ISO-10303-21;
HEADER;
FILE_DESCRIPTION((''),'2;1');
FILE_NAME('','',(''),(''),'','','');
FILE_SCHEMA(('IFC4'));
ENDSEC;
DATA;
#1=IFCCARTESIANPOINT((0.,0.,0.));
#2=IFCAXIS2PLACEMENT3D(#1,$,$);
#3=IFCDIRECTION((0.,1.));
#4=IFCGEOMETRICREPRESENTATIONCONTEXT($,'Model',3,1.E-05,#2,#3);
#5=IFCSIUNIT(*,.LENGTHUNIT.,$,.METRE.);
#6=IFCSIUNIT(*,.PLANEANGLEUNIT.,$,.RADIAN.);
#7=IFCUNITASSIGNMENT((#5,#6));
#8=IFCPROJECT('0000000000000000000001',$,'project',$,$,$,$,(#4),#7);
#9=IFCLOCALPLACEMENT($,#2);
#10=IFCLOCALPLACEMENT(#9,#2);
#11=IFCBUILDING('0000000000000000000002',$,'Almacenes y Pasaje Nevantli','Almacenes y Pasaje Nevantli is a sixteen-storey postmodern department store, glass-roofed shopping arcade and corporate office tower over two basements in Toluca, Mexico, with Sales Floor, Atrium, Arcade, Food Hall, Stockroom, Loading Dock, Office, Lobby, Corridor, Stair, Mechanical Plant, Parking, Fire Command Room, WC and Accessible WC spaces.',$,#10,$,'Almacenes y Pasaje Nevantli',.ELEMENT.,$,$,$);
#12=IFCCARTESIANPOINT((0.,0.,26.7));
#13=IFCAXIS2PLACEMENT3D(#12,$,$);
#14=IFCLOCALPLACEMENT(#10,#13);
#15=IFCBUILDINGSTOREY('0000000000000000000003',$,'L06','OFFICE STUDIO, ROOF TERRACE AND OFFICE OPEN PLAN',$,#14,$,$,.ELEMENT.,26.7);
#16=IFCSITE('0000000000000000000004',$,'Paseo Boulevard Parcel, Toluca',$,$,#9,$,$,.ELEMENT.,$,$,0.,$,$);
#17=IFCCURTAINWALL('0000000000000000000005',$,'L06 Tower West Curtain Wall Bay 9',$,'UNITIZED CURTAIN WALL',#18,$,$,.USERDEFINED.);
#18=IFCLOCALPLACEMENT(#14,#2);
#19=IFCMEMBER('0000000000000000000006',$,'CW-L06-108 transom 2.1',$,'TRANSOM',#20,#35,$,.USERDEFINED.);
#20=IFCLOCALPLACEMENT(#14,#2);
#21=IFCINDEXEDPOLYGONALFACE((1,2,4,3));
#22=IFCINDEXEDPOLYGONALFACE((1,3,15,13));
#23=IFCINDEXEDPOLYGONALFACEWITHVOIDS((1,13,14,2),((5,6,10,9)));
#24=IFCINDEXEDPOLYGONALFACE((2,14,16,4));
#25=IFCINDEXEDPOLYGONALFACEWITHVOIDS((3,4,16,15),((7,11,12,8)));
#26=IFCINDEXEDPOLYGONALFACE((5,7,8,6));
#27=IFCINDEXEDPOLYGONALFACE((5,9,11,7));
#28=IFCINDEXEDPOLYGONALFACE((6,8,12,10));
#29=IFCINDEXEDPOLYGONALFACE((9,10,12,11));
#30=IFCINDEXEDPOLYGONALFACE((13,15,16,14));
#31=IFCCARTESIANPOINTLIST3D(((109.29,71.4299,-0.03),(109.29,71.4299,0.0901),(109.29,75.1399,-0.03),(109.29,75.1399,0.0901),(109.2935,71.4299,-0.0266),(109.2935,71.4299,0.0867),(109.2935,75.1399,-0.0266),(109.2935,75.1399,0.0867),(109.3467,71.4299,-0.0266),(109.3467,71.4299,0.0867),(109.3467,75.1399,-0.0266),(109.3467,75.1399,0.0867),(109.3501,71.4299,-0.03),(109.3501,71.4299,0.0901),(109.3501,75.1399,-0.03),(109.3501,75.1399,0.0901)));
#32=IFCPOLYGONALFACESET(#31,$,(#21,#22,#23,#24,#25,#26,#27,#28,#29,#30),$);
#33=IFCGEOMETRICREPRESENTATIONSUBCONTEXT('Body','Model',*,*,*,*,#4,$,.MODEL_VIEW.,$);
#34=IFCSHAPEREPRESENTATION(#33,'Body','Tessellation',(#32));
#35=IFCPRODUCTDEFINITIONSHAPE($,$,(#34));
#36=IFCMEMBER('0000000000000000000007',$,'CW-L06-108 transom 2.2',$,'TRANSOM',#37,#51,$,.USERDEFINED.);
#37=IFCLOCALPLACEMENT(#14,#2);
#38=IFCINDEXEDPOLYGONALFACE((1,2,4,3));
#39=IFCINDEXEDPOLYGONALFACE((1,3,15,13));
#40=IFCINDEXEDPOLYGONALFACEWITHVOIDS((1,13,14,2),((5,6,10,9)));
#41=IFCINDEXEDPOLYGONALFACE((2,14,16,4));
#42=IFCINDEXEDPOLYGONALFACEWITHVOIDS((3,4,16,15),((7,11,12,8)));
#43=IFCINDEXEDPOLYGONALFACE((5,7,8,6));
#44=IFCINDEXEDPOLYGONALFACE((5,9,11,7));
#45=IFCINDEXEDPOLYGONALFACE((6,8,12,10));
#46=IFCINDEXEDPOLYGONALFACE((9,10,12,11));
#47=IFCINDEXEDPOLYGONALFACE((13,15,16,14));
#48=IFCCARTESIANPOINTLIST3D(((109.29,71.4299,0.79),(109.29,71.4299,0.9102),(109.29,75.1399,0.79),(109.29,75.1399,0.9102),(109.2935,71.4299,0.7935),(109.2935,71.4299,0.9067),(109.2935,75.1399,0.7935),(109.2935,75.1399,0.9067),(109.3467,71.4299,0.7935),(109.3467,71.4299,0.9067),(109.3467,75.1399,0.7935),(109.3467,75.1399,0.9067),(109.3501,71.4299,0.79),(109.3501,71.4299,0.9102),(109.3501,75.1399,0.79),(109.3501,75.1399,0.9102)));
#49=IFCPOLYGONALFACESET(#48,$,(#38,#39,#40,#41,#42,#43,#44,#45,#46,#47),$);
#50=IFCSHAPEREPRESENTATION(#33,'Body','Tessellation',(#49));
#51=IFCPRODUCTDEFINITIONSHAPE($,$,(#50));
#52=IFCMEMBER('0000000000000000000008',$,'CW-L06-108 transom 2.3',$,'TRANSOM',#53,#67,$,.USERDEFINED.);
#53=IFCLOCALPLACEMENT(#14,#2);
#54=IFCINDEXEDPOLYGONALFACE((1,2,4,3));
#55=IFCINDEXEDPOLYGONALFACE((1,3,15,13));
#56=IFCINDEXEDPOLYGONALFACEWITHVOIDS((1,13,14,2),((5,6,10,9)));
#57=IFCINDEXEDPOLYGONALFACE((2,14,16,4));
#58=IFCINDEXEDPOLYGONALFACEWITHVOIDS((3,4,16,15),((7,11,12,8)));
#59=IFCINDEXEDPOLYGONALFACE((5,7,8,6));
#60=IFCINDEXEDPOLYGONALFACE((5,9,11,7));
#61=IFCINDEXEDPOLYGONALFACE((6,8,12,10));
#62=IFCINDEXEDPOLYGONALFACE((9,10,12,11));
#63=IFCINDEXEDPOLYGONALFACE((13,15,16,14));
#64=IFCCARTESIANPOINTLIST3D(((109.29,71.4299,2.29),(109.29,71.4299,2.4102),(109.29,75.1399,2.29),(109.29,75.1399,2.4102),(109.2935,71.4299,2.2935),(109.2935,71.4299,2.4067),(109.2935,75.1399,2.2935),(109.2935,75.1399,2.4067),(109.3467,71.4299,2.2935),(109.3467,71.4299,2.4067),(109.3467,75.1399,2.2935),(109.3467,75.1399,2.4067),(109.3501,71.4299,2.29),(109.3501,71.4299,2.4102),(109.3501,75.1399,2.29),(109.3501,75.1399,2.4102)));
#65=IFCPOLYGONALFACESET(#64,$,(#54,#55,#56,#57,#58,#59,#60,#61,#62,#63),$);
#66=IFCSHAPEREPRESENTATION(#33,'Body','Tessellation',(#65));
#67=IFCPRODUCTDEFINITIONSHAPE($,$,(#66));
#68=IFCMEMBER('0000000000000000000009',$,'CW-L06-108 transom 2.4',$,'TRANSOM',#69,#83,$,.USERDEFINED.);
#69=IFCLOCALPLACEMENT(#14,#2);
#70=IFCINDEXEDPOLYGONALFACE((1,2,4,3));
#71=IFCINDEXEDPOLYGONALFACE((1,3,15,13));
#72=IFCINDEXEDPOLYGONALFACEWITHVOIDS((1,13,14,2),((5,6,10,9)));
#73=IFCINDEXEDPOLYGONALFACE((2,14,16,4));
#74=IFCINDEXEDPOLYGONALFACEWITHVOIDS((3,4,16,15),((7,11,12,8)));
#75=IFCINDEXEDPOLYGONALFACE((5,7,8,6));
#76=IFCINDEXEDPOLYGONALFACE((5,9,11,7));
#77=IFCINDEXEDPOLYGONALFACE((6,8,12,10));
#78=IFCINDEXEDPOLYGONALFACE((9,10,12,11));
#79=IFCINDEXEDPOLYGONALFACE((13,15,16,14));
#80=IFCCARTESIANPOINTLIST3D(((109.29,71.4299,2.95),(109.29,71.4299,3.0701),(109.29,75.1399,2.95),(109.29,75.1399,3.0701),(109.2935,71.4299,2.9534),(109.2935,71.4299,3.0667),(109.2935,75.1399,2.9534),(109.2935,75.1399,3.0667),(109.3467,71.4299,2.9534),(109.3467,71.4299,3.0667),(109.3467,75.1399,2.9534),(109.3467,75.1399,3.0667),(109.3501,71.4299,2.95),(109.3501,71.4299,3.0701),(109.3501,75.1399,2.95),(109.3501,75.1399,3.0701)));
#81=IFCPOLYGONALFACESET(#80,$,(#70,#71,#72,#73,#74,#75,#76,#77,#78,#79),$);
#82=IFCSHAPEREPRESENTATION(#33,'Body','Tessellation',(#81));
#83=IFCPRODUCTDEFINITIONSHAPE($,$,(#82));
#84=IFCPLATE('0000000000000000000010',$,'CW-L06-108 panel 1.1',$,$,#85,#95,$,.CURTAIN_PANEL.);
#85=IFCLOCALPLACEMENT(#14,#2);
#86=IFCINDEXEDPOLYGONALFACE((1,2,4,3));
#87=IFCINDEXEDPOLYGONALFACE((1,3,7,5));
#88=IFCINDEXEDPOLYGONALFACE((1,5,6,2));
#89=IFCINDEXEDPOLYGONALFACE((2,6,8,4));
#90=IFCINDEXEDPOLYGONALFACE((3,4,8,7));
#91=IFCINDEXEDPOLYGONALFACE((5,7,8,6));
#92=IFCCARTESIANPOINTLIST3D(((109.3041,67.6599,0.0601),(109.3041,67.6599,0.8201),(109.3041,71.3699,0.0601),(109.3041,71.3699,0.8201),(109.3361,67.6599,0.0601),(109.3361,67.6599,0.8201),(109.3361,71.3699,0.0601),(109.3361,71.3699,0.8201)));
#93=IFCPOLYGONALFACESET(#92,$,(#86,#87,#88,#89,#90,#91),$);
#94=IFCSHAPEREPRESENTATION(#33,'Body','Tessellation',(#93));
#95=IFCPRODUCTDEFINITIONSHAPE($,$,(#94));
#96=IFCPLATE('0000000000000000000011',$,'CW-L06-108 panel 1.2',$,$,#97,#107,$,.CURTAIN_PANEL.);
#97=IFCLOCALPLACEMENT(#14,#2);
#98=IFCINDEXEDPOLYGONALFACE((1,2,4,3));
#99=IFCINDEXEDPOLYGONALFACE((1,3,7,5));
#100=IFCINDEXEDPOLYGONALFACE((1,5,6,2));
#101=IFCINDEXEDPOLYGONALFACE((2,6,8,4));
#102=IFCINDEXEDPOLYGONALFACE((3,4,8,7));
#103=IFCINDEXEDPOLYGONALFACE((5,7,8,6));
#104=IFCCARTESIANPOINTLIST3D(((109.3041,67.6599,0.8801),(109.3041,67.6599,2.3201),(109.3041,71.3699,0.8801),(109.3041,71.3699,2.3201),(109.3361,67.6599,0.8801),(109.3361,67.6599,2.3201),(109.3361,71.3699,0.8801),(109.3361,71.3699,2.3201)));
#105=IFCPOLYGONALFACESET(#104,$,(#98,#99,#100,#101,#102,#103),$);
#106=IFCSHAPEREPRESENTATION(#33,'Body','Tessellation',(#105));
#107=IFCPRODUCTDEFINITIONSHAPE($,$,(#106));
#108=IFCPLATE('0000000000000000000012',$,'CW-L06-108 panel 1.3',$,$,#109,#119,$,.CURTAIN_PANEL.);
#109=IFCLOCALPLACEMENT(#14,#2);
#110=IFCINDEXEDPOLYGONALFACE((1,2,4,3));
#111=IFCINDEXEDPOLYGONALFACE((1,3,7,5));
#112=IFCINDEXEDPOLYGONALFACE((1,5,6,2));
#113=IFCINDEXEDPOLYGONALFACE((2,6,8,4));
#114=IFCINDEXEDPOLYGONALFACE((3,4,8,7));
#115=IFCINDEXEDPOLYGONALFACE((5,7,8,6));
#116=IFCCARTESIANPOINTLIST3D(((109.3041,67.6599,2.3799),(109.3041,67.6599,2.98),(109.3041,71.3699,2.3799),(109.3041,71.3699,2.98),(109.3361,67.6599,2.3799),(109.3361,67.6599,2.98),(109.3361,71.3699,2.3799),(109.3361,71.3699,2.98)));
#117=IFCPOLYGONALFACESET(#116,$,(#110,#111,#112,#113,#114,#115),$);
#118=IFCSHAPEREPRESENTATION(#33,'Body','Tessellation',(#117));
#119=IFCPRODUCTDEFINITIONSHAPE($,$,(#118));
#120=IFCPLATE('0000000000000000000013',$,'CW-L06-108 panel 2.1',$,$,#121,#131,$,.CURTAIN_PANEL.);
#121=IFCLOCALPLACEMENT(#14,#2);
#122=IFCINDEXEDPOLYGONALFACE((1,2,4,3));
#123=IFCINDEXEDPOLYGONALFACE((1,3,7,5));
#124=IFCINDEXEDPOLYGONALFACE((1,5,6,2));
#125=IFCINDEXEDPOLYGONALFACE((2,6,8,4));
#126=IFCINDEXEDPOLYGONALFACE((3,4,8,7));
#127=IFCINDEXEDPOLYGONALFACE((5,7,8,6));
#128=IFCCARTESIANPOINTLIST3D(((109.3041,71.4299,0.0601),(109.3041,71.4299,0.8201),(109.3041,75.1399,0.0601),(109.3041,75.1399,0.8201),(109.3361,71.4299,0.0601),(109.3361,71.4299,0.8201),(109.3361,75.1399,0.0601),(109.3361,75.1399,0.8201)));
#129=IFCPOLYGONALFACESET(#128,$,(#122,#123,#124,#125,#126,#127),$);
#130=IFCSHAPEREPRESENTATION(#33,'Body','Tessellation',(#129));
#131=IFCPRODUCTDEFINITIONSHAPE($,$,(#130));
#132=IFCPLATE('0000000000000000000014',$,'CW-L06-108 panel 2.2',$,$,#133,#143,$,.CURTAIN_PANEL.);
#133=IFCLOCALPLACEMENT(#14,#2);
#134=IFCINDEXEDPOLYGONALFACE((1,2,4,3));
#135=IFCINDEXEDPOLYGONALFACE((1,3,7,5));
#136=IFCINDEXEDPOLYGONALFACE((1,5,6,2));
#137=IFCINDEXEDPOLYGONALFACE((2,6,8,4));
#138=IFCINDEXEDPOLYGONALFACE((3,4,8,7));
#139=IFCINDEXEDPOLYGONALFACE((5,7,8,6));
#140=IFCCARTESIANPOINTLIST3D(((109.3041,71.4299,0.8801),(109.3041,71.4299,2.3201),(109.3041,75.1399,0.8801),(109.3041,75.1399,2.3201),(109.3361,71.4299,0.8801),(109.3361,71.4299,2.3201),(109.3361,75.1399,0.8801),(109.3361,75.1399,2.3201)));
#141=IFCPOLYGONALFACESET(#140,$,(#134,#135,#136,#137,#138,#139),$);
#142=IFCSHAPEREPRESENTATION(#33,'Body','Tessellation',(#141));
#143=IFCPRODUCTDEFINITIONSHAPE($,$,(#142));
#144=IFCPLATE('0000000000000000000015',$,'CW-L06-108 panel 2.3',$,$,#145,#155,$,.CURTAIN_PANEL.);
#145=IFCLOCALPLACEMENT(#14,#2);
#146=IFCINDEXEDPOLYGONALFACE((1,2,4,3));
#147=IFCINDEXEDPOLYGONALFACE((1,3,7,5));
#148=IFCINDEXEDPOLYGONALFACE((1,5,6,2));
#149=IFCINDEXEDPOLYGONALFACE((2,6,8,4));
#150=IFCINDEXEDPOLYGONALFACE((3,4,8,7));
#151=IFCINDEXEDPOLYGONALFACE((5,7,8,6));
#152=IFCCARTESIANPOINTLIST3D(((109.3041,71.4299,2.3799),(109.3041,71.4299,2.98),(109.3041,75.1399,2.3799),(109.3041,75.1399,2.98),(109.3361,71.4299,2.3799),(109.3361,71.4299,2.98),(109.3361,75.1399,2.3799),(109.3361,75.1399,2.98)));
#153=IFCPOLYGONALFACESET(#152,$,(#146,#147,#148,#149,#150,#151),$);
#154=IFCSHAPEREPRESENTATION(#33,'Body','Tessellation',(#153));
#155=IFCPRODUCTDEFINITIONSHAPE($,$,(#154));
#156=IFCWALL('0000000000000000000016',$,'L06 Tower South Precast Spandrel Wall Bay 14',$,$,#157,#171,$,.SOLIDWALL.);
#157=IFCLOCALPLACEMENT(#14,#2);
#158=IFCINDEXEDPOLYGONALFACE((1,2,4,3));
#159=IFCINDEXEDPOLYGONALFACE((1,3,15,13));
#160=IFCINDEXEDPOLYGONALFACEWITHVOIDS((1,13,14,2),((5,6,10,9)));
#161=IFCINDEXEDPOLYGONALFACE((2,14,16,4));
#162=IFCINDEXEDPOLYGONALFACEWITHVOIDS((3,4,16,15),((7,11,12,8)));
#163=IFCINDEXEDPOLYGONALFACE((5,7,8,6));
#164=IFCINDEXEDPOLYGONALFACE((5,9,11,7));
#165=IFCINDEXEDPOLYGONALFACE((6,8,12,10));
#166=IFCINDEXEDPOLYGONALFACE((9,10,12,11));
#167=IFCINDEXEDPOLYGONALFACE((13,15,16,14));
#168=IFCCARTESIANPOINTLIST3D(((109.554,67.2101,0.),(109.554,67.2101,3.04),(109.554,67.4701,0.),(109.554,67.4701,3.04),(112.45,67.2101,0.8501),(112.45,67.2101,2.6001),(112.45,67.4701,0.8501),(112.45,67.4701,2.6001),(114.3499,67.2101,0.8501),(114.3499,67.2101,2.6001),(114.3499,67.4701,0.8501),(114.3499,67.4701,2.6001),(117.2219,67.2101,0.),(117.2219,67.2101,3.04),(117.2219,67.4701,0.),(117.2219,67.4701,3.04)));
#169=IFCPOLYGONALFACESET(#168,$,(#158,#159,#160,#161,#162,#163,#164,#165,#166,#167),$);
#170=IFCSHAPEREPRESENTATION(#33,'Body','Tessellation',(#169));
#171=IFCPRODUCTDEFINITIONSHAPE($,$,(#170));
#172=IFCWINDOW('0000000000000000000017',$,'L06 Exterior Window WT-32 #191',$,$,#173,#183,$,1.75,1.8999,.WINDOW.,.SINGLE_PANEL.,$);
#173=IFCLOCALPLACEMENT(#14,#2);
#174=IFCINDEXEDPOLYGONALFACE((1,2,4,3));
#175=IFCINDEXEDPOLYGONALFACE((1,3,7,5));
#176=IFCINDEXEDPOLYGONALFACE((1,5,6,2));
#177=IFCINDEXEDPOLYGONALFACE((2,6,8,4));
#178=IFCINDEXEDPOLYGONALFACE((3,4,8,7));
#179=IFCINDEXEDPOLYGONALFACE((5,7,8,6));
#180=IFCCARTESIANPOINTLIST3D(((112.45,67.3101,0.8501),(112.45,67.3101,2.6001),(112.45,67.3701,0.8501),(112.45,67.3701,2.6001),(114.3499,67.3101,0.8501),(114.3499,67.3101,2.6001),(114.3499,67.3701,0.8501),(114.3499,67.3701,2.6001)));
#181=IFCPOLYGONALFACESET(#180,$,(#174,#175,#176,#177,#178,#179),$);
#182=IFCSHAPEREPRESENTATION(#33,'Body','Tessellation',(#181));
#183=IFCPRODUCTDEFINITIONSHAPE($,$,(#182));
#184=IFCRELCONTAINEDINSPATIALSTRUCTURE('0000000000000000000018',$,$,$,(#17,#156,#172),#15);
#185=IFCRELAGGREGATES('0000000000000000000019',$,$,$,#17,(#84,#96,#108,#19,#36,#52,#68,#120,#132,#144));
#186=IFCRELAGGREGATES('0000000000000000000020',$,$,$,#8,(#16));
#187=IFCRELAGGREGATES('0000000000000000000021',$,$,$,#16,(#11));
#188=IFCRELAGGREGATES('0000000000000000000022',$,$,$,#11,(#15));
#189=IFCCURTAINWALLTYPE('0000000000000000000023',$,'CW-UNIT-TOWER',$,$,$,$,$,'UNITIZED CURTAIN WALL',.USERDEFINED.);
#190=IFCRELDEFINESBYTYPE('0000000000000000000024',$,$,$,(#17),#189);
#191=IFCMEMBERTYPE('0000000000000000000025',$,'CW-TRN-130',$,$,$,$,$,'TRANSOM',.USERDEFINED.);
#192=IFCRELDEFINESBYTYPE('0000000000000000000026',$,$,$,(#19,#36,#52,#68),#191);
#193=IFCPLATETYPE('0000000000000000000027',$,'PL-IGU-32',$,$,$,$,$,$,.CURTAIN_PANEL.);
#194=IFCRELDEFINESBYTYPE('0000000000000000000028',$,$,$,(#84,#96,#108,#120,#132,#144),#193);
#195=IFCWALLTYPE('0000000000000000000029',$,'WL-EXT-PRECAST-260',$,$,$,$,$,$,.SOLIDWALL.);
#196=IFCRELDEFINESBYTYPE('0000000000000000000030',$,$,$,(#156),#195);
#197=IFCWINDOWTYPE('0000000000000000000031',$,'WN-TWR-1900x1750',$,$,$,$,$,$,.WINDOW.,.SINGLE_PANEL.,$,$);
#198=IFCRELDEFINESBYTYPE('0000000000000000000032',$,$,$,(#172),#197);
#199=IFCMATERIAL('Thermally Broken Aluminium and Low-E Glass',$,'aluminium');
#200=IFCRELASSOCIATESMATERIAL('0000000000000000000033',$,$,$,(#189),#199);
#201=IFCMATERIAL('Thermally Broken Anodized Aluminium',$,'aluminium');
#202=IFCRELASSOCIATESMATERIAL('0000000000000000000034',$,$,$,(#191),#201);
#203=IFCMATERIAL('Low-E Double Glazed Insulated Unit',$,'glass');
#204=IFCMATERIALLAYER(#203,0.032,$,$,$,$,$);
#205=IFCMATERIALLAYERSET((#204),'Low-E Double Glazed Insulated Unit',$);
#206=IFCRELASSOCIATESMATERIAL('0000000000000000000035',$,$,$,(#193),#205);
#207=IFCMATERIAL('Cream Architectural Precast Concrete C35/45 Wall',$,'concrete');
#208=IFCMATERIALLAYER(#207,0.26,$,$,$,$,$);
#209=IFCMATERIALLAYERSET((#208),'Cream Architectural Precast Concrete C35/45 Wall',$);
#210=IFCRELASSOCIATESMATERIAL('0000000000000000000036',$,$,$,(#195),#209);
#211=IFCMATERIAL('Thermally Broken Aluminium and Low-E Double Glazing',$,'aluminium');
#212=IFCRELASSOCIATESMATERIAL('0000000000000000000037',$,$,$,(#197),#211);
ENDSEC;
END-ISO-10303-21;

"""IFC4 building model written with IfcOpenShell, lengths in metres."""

from ifc_helpers import new_model, si_unit, direction, frame, frame_2d, origin, origin_2d, place, context, subcontext, project, spatial, rectangle, hollow_rectangle, extrude, material, layer, layer_set, material_profile, profile_set, type_object, element, fill, aggregate, save


model = new_model("IFC4")

# Units and contexts
model_context = context("Model", 3, precision=1e-05, world=origin(), true_north=direction((0.0, 1.0)))
body_context = subcontext(model_context, "Body", "Model", "MODEL_VIEW")
ifc_project = project(units=[si_unit("LENGTHUNIT", "METRE"), si_unit("PLANEANGLEUNIT", "RADIAN")], contexts=[model_context])

# Site, building, storey
site_placement = place(None, origin())
site = spatial("IfcSite", under=ifc_project, at=site_placement, Name="Paseo Boulevard Parcel, Toluca", CompositionType="ELEMENT", RefElevation=0.0)
building_placement = place(site_placement, origin())
building = spatial("IfcBuilding", under=site, at=building_placement, Name="Almacenes y Pasaje Nevantli", Description="Almacenes y Pasaje Nevantli is a sixteen-storey postmodern department store, glass-roofed shopping arcade and corporate office tower over two basements in Toluca, Mexico, with Sales Floor, Atrium, Arcade, Food Hall, Stockroom, Loading Dock, Office, Lobby, Corridor, Stair, Mechanical Plant, Parking, Fire Command Room, WC and Accessible WC spaces.", LongName="Almacenes y Pasaje Nevantli", CompositionType="ELEMENT")
storey_placement = place(building_placement, frame((0.0, 0.0, 26.7)))
storey = spatial("IfcBuildingStorey", under=building, at=storey_placement, Name="L06", Description="OFFICE STUDIO, ROOF TERRACE AND OFFICE OPEN PLAN", CompositionType="ELEMENT", Elevation=26.7)

# Curtain wall, members, plates
ifc_material_1 = material(Name="Thermally Broken Aluminium and Low-E Glass", Category="aluminium")
curtain_wall_type = type_object("IfcCurtainWallType", Name="CW-UNIT-TOWER", ElementType="UNITIZED CURTAIN WALL", PredefinedType="USERDEFINED", material=ifc_material_1)
curtain_wall_placement = place(storey_placement, origin())
curtain_wall = element("IfcCurtainWall", 1, at=curtain_wall_placement, inside=storey, type_object=curtain_wall_type, Name="L06 Tower West Curtain Wall Bay 9", ObjectType="UNITIZED CURTAIN WALL", PredefinedType="USERDEFINED")
ifc_material_2 = material(Name="Thermally Broken Anodized Aluminium", Category="aluminium")
ifc_material_profile_1 = material_profile(ifc_material_2, hollow_rectangle(XDim=0.0601, YDim=0.1201, WallThickness=0.0034, at=origin_2d()), Name="ALU-TRN-60x120")
ifc_profile_set_1 = profile_set([ifc_material_profile_1], Name="Thermally Broken Anodized Aluminium")
member_type_1 = type_object("IfcMemberType", Name="CW-TRN-130", ElementType="TRANSOM", PredefinedType="USERDEFINED", material=ifc_profile_set_1)
member_1_placement = place(storey_placement, frame((109.3201, 71.4299, 0.03), z_axis=(0.0, 1.0, 0.0), x_axis=(-1.0, 0.0, 0.0)))
member_1 = element("IfcMember", 2, at=member_1_placement, type_object=member_type_1, Name="CW-L06-108 transom 2.1", ObjectType="TRANSOM", PredefinedType="USERDEFINED", context=body_context, shape_type="SweptSolid", body=[
    extrude(hollow_rectangle(XDim=0.0601, YDim=0.1201, WallThickness=0.0034, at=origin_2d()), origin(), (0.0, 0.0, 1.0), 3.71),
])
member_2_placement = place(storey_placement, frame((109.3201, 71.4299, 0.8501), z_axis=(0.0, 1.0, 0.0), x_axis=(-1.0, 0.0, 0.0)))
member_2 = element("IfcMember", 3, at=member_2_placement, type_object=member_type_1, Name="CW-L06-108 transom 2.2", ObjectType="TRANSOM", PredefinedType="USERDEFINED", context=body_context, shape_type="SweptSolid", body=[
    extrude(hollow_rectangle(XDim=0.0601, YDim=0.1201, WallThickness=0.0034, at=origin_2d()), origin(), (0.0, 0.0, 1.0), 3.71),
])
member_3_placement = place(storey_placement, frame((109.3201, 71.4299, 2.3501), z_axis=(0.0, 1.0, 0.0), x_axis=(-1.0, 0.0, 0.0)))
member_3 = element("IfcMember", 4, at=member_3_placement, type_object=member_type_1, Name="CW-L06-108 transom 2.3", ObjectType="TRANSOM", PredefinedType="USERDEFINED", context=body_context, shape_type="SweptSolid", body=[
    extrude(hollow_rectangle(XDim=0.0601, YDim=0.1201, WallThickness=0.0034, at=origin_2d()), origin(), (0.0, 0.0, 1.0), 3.71),
])
member_4_placement = place(storey_placement, frame((109.3201, 71.4299, 3.01), z_axis=(0.0, 1.0, 0.0), x_axis=(-1.0, 0.0, 0.0)))
member_4 = element("IfcMember", 5, at=member_4_placement, type_object=member_type_1, Name="CW-L06-108 transom 2.4", ObjectType="TRANSOM", PredefinedType="USERDEFINED", context=body_context, shape_type="SweptSolid", body=[
    extrude(hollow_rectangle(XDim=0.0601, YDim=0.1201, WallThickness=0.0034, at=origin_2d()), origin(), (0.0, 0.0, 1.0), 3.71),
])
ifc_material_3 = material(Name="Low-E Double Glazed Insulated Unit", Category="glass")
ifc_layer_1 = layer(ifc_material_3, 0.032)
ifc_layer_set_1 = layer_set([ifc_layer_1], Name="Low-E Double Glazed Insulated Unit")
plate_type = type_object("IfcPlateType", Name="PL-IGU-32", PredefinedType="CURTAIN_PANEL", material=ifc_layer_set_1)
plate_1_placement = place(storey_placement, frame((109.3201, 69.5149, 0.0601), z_axis=(0.0, 0.0, 1.0), x_axis=(0.0, 1.0, 0.0)))
plate_1 = element("IfcPlate", 6, at=plate_1_placement, type_object=plate_type, Name="CW-L06-108 panel 1.1", PredefinedType="CURTAIN_PANEL", context=body_context, shape_type="SweptSolid", body=[
    extrude(rectangle(XDim=3.71, YDim=0.032, at=origin_2d()), origin(), (0.0, 0.0, 1.0), 0.76),
])
plate_2_placement = place(storey_placement, frame((109.3201, 69.5149, 0.8801), z_axis=(0.0, 0.0, 1.0), x_axis=(0.0, 1.0, 0.0)))
plate_2 = element("IfcPlate", 7, at=plate_2_placement, type_object=plate_type, Name="CW-L06-108 panel 1.2", PredefinedType="CURTAIN_PANEL", context=body_context, shape_type="SweptSolid", body=[
    extrude(rectangle(XDim=3.71, YDim=0.032, at=origin_2d()), origin(), (0.0, 0.0, 1.0), 1.4399),
])
plate_3_placement = place(storey_placement, frame((109.3201, 69.5149, 2.3799), z_axis=(0.0, 0.0, 1.0), x_axis=(0.0, 1.0, 0.0)))
plate_3 = element("IfcPlate", 8, at=plate_3_placement, type_object=plate_type, Name="CW-L06-108 panel 1.3", PredefinedType="CURTAIN_PANEL", context=body_context, shape_type="SweptSolid", body=[
    extrude(rectangle(XDim=3.71, YDim=0.032, at=origin_2d()), origin(), (0.0, 0.0, 1.0), 0.6001),
])
plate_4_placement = place(storey_placement, frame((109.3201, 73.2849, 0.0601), z_axis=(0.0, 0.0, 1.0), x_axis=(0.0, 1.0, 0.0)))
plate_4 = element("IfcPlate", 9, at=plate_4_placement, type_object=plate_type, Name="CW-L06-108 panel 2.1", PredefinedType="CURTAIN_PANEL", context=body_context, shape_type="SweptSolid", body=[
    extrude(rectangle(XDim=3.71, YDim=0.032, at=origin_2d()), origin(), (0.0, 0.0, 1.0), 0.76),
])
plate_5_placement = place(storey_placement, frame((109.3201, 73.2849, 0.8801), z_axis=(0.0, 0.0, 1.0), x_axis=(0.0, 1.0, 0.0)))
plate_5 = element("IfcPlate", 10, at=plate_5_placement, type_object=plate_type, Name="CW-L06-108 panel 2.2", PredefinedType="CURTAIN_PANEL", context=body_context, shape_type="SweptSolid", body=[
    extrude(rectangle(XDim=3.71, YDim=0.032, at=origin_2d()), origin(), (0.0, 0.0, 1.0), 1.4399),
])
plate_6_placement = place(storey_placement, frame((109.3201, 73.2849, 2.3799), z_axis=(0.0, 0.0, 1.0), x_axis=(0.0, 1.0, 0.0)))
plate_6 = element("IfcPlate", 11, at=plate_6_placement, type_object=plate_type, Name="CW-L06-108 panel 2.3", PredefinedType="CURTAIN_PANEL", context=body_context, shape_type="SweptSolid", body=[
    extrude(rectangle(XDim=3.71, YDim=0.032, at=origin_2d()), origin(), (0.0, 0.0, 1.0), 0.6001),
])
aggregate(curtain_wall, [plate_1, plate_2, plate_3, member_1, member_2, member_3, member_4, plate_4, plate_5, plate_6])

# Wall, opening, window
ifc_material_4 = material(Name="Cream Architectural Precast Concrete C35/45 Wall", Category="concrete")
ifc_layer_2 = layer(ifc_material_4, 0.26)
ifc_layer_set_2 = layer_set([ifc_layer_2], Name="Cream Architectural Precast Concrete C35/45 Wall")
wall_type = type_object("IfcWallType", Name="WL-EXT-PRECAST-260", PredefinedType="SOLIDWALL", material=ifc_layer_set_2)
wall_placement = place(storey_placement, frame((109.554, 67.3401, 0.0), z_axis=(0.0, 0.0, 1.0), x_axis=(1.0, 0.0, 0.0)))
wall = element("IfcWall", 12, at=wall_placement, inside=storey, type_object=wall_type, Name="L06 Tower South Precast Spandrel Wall Bay 14", PredefinedType="SOLIDWALL", context=body_context, shape_type="SweptSolid", body=[
    extrude(rectangle(XDim=7.668, YDim=0.26, at=frame_2d((3.834, 0.0))), origin(), (0.0, 0.0, 1.0), 3.04),
])
opening_placement = place(wall_placement, frame((2.896, 0.0, 0.8501)))
opening = element("IfcOpeningElement", 13, at=opening_placement, cuts=wall, PredefinedType="OPENING", context=body_context, shape_type="SweptSolid", body=[
    extrude(rectangle(XDim=1.8999, YDim=1.75, at=frame_2d((0.95, 0.875))), frame((0.0, 0.1399, 0.0), z_axis=(0.0, -1.0, 0.0), x_axis=(1.0, 0.0, 0.0)), (0.0, 0.0, 1.0), 0.28),
])
ifc_material_5 = material(Name="Thermally Broken Aluminium and Low-E Double Glazing", Category="aluminium")
window_type = type_object("IfcWindowType", Name="WN-TWR-1900x1750", PartitioningType="SINGLE_PANEL", PredefinedType="WINDOW", material=ifc_material_5)
window_placement = place(opening_placement, origin())
window = element("IfcWindow", 14, at=window_placement, inside=storey, type_object=window_type, Name="L06 Exterior Window WT-32 #191", OverallHeight=1.75, OverallWidth=1.8999, PartitioningType="SINGLE_PANEL", PredefinedType="WINDOW", context=body_context, shape_type="SweptSolid", body=[
    extrude(rectangle(XDim=1.8999, YDim=1.75, at=frame_2d((0.95, 0.875))), frame((0.0, 0.03, 0.0), z_axis=(0.0, -1.0, 0.0), x_axis=(1.0, 0.0, 0.0)), (0.0, 0.0, 1.0), 0.0601),
])
fill(opening, window)

save(model, "model.ifc")
